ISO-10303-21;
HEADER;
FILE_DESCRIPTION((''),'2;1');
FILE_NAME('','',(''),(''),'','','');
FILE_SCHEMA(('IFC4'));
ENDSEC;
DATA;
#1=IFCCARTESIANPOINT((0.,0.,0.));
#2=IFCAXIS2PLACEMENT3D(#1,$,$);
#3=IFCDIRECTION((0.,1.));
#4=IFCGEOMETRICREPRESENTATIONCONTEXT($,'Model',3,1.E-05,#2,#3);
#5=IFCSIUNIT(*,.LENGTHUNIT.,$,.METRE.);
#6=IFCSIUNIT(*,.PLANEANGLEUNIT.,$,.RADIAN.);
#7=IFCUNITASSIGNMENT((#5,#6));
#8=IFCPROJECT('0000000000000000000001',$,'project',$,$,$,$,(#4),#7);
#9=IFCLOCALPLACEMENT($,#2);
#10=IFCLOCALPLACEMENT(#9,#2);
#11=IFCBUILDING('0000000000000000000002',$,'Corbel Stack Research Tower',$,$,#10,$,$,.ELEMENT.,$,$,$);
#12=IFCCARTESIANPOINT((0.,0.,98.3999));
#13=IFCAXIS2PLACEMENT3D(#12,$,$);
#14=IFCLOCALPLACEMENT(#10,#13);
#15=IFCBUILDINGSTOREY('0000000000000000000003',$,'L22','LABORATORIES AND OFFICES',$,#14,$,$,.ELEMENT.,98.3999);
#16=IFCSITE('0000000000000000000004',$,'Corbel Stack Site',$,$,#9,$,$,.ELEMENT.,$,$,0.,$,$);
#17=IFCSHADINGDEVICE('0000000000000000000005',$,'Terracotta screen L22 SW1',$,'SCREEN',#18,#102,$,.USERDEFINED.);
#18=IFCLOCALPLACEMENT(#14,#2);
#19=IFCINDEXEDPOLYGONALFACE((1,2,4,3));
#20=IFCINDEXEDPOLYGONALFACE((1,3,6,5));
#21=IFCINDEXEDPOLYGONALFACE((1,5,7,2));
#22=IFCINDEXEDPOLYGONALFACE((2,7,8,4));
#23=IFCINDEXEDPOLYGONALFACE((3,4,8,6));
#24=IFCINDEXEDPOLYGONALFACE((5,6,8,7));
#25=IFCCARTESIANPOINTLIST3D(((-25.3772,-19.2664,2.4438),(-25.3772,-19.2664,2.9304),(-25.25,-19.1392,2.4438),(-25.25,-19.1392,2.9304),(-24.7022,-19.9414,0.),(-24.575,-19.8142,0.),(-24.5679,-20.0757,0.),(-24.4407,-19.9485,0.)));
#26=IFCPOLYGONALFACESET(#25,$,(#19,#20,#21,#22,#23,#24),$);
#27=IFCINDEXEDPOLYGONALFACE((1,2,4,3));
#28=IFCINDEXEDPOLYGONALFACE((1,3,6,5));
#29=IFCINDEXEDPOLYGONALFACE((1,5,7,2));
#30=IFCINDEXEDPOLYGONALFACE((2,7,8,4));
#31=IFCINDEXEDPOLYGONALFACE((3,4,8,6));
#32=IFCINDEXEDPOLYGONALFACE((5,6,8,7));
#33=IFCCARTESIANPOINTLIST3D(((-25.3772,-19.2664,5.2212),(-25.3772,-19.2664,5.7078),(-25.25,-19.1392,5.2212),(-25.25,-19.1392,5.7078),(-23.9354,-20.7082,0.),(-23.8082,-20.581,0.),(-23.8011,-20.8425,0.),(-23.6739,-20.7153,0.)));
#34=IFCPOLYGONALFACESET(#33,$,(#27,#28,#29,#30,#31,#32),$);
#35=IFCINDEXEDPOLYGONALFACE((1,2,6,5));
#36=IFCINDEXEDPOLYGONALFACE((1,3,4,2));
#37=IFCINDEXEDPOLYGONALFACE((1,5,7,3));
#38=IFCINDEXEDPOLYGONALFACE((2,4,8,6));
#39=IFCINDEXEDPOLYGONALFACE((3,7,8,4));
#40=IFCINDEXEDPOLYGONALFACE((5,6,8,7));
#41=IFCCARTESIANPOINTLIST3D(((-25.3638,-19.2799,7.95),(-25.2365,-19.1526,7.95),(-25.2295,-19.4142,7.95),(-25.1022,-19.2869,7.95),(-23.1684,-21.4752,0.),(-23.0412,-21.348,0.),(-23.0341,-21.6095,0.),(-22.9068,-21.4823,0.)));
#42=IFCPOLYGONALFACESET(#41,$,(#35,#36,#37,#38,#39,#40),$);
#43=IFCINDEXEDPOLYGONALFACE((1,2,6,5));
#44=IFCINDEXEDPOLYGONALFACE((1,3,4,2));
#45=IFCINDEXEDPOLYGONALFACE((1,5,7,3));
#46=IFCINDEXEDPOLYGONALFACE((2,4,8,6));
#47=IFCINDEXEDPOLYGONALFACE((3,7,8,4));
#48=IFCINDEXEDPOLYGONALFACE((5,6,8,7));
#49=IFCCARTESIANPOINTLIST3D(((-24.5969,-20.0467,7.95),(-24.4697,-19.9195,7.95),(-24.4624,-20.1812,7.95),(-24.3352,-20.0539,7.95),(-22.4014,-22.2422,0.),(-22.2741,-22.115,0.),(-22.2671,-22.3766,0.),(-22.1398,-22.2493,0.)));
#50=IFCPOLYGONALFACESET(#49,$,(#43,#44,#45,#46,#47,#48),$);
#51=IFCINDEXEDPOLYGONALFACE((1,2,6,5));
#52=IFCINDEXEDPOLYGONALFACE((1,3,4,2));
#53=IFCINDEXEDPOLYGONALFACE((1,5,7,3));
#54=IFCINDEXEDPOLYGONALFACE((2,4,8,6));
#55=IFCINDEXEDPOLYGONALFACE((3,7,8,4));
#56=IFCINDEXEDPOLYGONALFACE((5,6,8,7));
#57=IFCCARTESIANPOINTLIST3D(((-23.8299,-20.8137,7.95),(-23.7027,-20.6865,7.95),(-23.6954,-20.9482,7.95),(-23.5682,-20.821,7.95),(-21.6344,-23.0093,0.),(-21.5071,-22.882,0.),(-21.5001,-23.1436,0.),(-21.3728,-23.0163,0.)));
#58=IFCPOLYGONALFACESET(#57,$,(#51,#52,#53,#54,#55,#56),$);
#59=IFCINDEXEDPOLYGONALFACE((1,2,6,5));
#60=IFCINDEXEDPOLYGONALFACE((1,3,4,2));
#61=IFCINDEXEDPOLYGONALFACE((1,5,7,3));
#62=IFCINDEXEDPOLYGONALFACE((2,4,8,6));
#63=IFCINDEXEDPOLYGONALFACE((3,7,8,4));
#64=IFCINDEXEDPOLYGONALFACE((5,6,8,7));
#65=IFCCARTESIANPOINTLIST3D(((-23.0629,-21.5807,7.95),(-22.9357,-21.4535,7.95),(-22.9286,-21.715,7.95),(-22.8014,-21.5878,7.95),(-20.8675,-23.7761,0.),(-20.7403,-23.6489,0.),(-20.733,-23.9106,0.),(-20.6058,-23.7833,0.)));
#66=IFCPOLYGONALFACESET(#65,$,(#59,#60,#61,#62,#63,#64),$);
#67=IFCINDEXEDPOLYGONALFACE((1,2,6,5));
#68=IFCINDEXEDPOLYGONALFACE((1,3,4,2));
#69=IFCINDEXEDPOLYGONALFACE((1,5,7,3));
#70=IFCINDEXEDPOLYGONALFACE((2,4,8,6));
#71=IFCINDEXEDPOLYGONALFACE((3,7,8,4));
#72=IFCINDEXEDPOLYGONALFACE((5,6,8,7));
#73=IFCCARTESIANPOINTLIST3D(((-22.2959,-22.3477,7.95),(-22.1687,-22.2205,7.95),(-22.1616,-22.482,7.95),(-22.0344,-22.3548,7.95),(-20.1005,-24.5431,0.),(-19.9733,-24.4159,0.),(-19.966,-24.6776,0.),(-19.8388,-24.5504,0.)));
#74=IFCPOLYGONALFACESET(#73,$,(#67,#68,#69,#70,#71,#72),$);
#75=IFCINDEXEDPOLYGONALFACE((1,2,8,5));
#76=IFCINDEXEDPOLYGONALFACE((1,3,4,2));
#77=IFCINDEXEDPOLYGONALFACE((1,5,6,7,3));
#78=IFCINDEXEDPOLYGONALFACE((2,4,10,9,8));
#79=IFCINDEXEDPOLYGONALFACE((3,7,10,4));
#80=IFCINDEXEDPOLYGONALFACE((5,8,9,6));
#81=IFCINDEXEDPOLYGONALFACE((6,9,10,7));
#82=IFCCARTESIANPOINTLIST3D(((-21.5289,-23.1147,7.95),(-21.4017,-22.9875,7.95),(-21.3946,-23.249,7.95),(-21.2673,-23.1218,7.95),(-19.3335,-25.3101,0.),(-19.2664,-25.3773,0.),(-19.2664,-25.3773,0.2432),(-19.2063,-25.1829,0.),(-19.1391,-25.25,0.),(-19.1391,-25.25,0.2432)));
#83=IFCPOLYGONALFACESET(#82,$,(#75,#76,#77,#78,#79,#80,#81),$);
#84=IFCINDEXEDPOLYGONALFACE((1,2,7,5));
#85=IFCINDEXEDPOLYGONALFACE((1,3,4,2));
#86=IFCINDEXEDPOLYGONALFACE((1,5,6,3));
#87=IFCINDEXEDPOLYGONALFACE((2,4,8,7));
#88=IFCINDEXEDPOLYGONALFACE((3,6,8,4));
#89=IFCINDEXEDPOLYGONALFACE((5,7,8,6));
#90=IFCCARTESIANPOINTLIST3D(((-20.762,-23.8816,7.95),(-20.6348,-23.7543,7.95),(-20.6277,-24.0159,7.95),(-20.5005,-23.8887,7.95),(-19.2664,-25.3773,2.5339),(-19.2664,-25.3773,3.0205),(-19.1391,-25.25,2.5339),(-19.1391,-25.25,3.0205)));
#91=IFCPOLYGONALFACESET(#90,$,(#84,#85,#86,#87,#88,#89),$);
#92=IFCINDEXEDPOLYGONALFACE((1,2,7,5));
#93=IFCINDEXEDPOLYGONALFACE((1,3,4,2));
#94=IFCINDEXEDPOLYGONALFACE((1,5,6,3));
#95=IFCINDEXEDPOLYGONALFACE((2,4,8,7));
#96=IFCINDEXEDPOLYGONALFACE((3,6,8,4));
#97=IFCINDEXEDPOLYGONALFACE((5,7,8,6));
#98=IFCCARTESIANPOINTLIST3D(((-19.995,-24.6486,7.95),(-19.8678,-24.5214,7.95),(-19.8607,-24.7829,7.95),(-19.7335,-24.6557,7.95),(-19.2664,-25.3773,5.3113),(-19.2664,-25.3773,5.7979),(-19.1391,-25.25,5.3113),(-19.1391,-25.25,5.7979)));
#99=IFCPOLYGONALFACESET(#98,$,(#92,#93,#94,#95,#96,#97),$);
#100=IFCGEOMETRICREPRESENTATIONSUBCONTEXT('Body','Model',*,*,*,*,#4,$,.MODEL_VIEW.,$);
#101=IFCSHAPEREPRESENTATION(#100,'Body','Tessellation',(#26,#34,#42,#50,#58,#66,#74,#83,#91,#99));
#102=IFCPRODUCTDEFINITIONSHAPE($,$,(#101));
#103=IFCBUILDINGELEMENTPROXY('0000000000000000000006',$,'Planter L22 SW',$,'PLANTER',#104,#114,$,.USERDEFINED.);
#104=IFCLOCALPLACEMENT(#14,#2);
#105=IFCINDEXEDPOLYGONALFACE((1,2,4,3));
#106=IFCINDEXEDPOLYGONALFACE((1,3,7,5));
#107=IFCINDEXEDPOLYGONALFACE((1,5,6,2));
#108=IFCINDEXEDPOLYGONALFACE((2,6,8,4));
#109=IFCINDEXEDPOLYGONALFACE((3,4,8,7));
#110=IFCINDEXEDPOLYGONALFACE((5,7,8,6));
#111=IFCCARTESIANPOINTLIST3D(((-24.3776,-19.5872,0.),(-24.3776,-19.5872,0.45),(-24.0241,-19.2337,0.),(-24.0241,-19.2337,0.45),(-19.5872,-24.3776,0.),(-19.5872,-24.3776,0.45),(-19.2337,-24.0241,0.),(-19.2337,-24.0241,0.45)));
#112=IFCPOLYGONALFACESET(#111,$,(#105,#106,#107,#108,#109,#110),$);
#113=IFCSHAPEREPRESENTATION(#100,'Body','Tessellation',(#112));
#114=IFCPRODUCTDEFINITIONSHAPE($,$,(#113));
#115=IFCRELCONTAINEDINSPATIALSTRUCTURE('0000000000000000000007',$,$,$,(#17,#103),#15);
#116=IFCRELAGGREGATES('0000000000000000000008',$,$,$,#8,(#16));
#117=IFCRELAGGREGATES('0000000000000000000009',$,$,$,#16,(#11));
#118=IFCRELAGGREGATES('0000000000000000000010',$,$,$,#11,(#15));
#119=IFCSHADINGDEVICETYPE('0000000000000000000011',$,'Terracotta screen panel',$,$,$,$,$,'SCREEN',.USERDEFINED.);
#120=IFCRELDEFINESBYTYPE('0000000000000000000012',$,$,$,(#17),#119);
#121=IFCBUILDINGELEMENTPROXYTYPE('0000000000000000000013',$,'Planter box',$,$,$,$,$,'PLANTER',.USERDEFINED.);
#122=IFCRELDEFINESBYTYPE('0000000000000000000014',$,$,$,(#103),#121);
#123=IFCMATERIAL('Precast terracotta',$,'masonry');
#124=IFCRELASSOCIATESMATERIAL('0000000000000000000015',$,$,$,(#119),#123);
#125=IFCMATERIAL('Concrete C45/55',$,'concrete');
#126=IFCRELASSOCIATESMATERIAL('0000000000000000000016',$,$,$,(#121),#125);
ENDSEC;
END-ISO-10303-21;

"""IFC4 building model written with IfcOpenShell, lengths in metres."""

from ifc_helpers import new_model, si_unit, direction, frame, origin, origin_2d, place, context, subcontext, project, spatial, polyline, rectangle, outline, extrude, source, transform, mapped, material, type_object, element, save


model = new_model("IFC4")

# Units and contexts
model_context = context("Model", 3, precision=1e-05, world=origin(), true_north=direction((0.0, 1.0)))
body_context = subcontext(model_context, "Body", "Model", "MODEL_VIEW")
ifc_project = project(units=[si_unit("LENGTHUNIT", "METRE"), si_unit("PLANEANGLEUNIT", "RADIAN")], contexts=[model_context])

# Site, building, storey
site_placement = place(None, origin())
site = spatial("IfcSite", under=ifc_project, at=site_placement, Name="Corbel Stack Site", CompositionType="ELEMENT", RefElevation=0.0)
building_placement = place(site_placement, origin())
building = spatial("IfcBuilding", under=site, at=building_placement, Name="Corbel Stack Research Tower", CompositionType="ELEMENT")
storey_placement = place(building_placement, frame((0.0, 0.0, 98.3999)))
storey = spatial("IfcBuildingStorey", under=building, at=storey_placement, Name="L22", Description="LABORATORIES AND OFFICES", CompositionType="ELEMENT", Elevation=98.3999)

# Shading device
ifc_material_1 = material(Name="Precast terracotta", Category="masonry")
shading_device_type = type_object("IfcShadingDeviceType", Name="Terracotta screen panel", ElementType="SCREEN", PredefinedType="USERDEFINED", material=ifc_material_1)
shared_shape = source(origin(), body_context, "Body", "SweptSolid", [
    extrude(outline(polyline([(1.1445, 0.0), (0.0, 2.9304), (0.0, 2.4438), (0.9546, 0.0), (1.1445, 0.0)])), frame((0.0, 0.0, 0.0), z_axis=(0.0, -1.0, 0.0), x_axis=(1.0, 0.0, 0.0)), (0.0, 0.0, 1.0), 0.1799),
    extrude(outline(polyline([(2.229, 0.0), (0.0, 5.7078), (0.0, 5.2212), (2.0391, 0.0), (2.229, 0.0)])), frame((0.0, 0.0, 0.0), z_axis=(0.0, -1.0, 0.0), x_axis=(1.0, 0.0, 0.0)), (0.0, 0.0, 1.0), 0.1799),
    extrude(outline(polyline([(3.3137, 0.0), (0.209, 7.95), (0.019, 7.95), (3.1238, 0.0), (3.3137, 0.0)])), frame((0.0, 0.0, 0.0), z_axis=(0.0, -1.0, 0.0), x_axis=(1.0, 0.0, 0.0)), (0.0, 0.0, 1.0), 0.1799),
    extrude(outline(polyline([(4.3984, 0.0), (1.2937, 7.95), (1.1035, 7.95), (4.2085, 0.0), (4.3984, 0.0)])), frame((0.0, 0.0, 0.0), z_axis=(0.0, -1.0, 0.0), x_axis=(1.0, 0.0, 0.0)), (0.0, 0.0, 1.0), 0.1799),
    extrude(outline(polyline([(5.4832, 0.0), (2.3784, 7.95), (2.1882, 7.95), (5.2932, 0.0), (5.4832, 0.0)])), frame((0.0, 0.0, 0.0), z_axis=(0.0, -1.0, 0.0), x_axis=(1.0, 0.0, 0.0)), (0.0, 0.0, 1.0), 0.1799),
    extrude(outline(polyline([(6.5679, 0.0), (3.4629, 7.95), (3.2729, 7.95), (6.3777, 0.0), (6.5679, 0.0)])), frame((0.0, 0.0, 0.0), z_axis=(0.0, -1.0, 0.0), x_axis=(1.0, 0.0, 0.0)), (0.0, 0.0, 1.0), 0.1799),
    extrude(outline(polyline([(7.6526, 0.0), (4.5476, 7.95), (4.3577, 7.95), (7.4624, 0.0), (7.6526, 0.0)])), frame((0.0, 0.0, 0.0), z_axis=(0.0, -1.0, 0.0), x_axis=(1.0, 0.0, 0.0)), (0.0, 0.0, 1.0), 0.1799),
    extrude(outline(polyline([(8.6421, 0.0), (8.6421, 0.2432), (5.6323, 7.95), (5.4424, 7.95), (8.5471, 0.0), (8.6421, 0.0)])), frame((0.0, 0.0, 0.0), z_axis=(0.0, -1.0, 0.0), x_axis=(1.0, 0.0, 0.0)), (0.0, 0.0, 1.0), 0.1799),
    extrude(outline(polyline([(6.7168, 7.95), (6.5269, 7.95), (8.6421, 2.5339), (8.6421, 3.0205), (6.7168, 7.95)])), frame((0.0, 0.0, 0.0), z_axis=(0.0, -1.0, 0.0), x_axis=(1.0, 0.0, 0.0)), (0.0, 0.0, 1.0), 0.1799),
    extrude(outline(polyline([(7.8015, 7.95), (7.6116, 7.95), (8.6421, 5.3113), (8.6421, 5.7979), (7.8015, 7.95)])), frame((0.0, 0.0, 0.0), z_axis=(0.0, -1.0, 0.0), x_axis=(1.0, 0.0, 0.0)), (0.0, 0.0, 1.0), 0.1799),
])
shading_device_placement = place(storey_placement, frame((-25.25, -19.1392, 0.0), z_axis=(0.0, 0.0, 1.0), x_axis=(0.707107, -0.707107, 0.0)))
element("IfcShadingDevice", 1, at=shading_device_placement, inside=storey, type_object=shading_device_type, Name="Terracotta screen L22 SW1", ObjectType="SCREEN", PredefinedType="USERDEFINED", context=body_context, shape_type="MappedRepresentation", body=[
    mapped(shared_shape, transform((0.0, 0.0, 0.0))),
])

# Building element proxy
ifc_material_2 = material(Name="Concrete C45/55", Category="concrete")
building_element_proxy_type = type_object("IfcBuildingElementProxyType", Name="Planter box", ElementType="PLANTER", PredefinedType="USERDEFINED", material=ifc_material_2)
proxy_placement = place(storey_placement, frame((-21.8057, -21.8057, 0.0), z_axis=(0.0, 0.0, 1.0), x_axis=(0.707107, -0.707107, 0.0)))
element("IfcBuildingElementProxy", 2, at=proxy_placement, inside=storey, type_object=building_element_proxy_type, Name="Planter L22 SW", ObjectType="PLANTER", PredefinedType="USERDEFINED", context=body_context, shape_type="SweptSolid", body=[
    extrude(rectangle(XDim=6.7747, YDim=0.5, at=origin_2d()), origin(), (0.0, 0.0, 1.0), 0.45),
])

save(model, "model.ifc")
